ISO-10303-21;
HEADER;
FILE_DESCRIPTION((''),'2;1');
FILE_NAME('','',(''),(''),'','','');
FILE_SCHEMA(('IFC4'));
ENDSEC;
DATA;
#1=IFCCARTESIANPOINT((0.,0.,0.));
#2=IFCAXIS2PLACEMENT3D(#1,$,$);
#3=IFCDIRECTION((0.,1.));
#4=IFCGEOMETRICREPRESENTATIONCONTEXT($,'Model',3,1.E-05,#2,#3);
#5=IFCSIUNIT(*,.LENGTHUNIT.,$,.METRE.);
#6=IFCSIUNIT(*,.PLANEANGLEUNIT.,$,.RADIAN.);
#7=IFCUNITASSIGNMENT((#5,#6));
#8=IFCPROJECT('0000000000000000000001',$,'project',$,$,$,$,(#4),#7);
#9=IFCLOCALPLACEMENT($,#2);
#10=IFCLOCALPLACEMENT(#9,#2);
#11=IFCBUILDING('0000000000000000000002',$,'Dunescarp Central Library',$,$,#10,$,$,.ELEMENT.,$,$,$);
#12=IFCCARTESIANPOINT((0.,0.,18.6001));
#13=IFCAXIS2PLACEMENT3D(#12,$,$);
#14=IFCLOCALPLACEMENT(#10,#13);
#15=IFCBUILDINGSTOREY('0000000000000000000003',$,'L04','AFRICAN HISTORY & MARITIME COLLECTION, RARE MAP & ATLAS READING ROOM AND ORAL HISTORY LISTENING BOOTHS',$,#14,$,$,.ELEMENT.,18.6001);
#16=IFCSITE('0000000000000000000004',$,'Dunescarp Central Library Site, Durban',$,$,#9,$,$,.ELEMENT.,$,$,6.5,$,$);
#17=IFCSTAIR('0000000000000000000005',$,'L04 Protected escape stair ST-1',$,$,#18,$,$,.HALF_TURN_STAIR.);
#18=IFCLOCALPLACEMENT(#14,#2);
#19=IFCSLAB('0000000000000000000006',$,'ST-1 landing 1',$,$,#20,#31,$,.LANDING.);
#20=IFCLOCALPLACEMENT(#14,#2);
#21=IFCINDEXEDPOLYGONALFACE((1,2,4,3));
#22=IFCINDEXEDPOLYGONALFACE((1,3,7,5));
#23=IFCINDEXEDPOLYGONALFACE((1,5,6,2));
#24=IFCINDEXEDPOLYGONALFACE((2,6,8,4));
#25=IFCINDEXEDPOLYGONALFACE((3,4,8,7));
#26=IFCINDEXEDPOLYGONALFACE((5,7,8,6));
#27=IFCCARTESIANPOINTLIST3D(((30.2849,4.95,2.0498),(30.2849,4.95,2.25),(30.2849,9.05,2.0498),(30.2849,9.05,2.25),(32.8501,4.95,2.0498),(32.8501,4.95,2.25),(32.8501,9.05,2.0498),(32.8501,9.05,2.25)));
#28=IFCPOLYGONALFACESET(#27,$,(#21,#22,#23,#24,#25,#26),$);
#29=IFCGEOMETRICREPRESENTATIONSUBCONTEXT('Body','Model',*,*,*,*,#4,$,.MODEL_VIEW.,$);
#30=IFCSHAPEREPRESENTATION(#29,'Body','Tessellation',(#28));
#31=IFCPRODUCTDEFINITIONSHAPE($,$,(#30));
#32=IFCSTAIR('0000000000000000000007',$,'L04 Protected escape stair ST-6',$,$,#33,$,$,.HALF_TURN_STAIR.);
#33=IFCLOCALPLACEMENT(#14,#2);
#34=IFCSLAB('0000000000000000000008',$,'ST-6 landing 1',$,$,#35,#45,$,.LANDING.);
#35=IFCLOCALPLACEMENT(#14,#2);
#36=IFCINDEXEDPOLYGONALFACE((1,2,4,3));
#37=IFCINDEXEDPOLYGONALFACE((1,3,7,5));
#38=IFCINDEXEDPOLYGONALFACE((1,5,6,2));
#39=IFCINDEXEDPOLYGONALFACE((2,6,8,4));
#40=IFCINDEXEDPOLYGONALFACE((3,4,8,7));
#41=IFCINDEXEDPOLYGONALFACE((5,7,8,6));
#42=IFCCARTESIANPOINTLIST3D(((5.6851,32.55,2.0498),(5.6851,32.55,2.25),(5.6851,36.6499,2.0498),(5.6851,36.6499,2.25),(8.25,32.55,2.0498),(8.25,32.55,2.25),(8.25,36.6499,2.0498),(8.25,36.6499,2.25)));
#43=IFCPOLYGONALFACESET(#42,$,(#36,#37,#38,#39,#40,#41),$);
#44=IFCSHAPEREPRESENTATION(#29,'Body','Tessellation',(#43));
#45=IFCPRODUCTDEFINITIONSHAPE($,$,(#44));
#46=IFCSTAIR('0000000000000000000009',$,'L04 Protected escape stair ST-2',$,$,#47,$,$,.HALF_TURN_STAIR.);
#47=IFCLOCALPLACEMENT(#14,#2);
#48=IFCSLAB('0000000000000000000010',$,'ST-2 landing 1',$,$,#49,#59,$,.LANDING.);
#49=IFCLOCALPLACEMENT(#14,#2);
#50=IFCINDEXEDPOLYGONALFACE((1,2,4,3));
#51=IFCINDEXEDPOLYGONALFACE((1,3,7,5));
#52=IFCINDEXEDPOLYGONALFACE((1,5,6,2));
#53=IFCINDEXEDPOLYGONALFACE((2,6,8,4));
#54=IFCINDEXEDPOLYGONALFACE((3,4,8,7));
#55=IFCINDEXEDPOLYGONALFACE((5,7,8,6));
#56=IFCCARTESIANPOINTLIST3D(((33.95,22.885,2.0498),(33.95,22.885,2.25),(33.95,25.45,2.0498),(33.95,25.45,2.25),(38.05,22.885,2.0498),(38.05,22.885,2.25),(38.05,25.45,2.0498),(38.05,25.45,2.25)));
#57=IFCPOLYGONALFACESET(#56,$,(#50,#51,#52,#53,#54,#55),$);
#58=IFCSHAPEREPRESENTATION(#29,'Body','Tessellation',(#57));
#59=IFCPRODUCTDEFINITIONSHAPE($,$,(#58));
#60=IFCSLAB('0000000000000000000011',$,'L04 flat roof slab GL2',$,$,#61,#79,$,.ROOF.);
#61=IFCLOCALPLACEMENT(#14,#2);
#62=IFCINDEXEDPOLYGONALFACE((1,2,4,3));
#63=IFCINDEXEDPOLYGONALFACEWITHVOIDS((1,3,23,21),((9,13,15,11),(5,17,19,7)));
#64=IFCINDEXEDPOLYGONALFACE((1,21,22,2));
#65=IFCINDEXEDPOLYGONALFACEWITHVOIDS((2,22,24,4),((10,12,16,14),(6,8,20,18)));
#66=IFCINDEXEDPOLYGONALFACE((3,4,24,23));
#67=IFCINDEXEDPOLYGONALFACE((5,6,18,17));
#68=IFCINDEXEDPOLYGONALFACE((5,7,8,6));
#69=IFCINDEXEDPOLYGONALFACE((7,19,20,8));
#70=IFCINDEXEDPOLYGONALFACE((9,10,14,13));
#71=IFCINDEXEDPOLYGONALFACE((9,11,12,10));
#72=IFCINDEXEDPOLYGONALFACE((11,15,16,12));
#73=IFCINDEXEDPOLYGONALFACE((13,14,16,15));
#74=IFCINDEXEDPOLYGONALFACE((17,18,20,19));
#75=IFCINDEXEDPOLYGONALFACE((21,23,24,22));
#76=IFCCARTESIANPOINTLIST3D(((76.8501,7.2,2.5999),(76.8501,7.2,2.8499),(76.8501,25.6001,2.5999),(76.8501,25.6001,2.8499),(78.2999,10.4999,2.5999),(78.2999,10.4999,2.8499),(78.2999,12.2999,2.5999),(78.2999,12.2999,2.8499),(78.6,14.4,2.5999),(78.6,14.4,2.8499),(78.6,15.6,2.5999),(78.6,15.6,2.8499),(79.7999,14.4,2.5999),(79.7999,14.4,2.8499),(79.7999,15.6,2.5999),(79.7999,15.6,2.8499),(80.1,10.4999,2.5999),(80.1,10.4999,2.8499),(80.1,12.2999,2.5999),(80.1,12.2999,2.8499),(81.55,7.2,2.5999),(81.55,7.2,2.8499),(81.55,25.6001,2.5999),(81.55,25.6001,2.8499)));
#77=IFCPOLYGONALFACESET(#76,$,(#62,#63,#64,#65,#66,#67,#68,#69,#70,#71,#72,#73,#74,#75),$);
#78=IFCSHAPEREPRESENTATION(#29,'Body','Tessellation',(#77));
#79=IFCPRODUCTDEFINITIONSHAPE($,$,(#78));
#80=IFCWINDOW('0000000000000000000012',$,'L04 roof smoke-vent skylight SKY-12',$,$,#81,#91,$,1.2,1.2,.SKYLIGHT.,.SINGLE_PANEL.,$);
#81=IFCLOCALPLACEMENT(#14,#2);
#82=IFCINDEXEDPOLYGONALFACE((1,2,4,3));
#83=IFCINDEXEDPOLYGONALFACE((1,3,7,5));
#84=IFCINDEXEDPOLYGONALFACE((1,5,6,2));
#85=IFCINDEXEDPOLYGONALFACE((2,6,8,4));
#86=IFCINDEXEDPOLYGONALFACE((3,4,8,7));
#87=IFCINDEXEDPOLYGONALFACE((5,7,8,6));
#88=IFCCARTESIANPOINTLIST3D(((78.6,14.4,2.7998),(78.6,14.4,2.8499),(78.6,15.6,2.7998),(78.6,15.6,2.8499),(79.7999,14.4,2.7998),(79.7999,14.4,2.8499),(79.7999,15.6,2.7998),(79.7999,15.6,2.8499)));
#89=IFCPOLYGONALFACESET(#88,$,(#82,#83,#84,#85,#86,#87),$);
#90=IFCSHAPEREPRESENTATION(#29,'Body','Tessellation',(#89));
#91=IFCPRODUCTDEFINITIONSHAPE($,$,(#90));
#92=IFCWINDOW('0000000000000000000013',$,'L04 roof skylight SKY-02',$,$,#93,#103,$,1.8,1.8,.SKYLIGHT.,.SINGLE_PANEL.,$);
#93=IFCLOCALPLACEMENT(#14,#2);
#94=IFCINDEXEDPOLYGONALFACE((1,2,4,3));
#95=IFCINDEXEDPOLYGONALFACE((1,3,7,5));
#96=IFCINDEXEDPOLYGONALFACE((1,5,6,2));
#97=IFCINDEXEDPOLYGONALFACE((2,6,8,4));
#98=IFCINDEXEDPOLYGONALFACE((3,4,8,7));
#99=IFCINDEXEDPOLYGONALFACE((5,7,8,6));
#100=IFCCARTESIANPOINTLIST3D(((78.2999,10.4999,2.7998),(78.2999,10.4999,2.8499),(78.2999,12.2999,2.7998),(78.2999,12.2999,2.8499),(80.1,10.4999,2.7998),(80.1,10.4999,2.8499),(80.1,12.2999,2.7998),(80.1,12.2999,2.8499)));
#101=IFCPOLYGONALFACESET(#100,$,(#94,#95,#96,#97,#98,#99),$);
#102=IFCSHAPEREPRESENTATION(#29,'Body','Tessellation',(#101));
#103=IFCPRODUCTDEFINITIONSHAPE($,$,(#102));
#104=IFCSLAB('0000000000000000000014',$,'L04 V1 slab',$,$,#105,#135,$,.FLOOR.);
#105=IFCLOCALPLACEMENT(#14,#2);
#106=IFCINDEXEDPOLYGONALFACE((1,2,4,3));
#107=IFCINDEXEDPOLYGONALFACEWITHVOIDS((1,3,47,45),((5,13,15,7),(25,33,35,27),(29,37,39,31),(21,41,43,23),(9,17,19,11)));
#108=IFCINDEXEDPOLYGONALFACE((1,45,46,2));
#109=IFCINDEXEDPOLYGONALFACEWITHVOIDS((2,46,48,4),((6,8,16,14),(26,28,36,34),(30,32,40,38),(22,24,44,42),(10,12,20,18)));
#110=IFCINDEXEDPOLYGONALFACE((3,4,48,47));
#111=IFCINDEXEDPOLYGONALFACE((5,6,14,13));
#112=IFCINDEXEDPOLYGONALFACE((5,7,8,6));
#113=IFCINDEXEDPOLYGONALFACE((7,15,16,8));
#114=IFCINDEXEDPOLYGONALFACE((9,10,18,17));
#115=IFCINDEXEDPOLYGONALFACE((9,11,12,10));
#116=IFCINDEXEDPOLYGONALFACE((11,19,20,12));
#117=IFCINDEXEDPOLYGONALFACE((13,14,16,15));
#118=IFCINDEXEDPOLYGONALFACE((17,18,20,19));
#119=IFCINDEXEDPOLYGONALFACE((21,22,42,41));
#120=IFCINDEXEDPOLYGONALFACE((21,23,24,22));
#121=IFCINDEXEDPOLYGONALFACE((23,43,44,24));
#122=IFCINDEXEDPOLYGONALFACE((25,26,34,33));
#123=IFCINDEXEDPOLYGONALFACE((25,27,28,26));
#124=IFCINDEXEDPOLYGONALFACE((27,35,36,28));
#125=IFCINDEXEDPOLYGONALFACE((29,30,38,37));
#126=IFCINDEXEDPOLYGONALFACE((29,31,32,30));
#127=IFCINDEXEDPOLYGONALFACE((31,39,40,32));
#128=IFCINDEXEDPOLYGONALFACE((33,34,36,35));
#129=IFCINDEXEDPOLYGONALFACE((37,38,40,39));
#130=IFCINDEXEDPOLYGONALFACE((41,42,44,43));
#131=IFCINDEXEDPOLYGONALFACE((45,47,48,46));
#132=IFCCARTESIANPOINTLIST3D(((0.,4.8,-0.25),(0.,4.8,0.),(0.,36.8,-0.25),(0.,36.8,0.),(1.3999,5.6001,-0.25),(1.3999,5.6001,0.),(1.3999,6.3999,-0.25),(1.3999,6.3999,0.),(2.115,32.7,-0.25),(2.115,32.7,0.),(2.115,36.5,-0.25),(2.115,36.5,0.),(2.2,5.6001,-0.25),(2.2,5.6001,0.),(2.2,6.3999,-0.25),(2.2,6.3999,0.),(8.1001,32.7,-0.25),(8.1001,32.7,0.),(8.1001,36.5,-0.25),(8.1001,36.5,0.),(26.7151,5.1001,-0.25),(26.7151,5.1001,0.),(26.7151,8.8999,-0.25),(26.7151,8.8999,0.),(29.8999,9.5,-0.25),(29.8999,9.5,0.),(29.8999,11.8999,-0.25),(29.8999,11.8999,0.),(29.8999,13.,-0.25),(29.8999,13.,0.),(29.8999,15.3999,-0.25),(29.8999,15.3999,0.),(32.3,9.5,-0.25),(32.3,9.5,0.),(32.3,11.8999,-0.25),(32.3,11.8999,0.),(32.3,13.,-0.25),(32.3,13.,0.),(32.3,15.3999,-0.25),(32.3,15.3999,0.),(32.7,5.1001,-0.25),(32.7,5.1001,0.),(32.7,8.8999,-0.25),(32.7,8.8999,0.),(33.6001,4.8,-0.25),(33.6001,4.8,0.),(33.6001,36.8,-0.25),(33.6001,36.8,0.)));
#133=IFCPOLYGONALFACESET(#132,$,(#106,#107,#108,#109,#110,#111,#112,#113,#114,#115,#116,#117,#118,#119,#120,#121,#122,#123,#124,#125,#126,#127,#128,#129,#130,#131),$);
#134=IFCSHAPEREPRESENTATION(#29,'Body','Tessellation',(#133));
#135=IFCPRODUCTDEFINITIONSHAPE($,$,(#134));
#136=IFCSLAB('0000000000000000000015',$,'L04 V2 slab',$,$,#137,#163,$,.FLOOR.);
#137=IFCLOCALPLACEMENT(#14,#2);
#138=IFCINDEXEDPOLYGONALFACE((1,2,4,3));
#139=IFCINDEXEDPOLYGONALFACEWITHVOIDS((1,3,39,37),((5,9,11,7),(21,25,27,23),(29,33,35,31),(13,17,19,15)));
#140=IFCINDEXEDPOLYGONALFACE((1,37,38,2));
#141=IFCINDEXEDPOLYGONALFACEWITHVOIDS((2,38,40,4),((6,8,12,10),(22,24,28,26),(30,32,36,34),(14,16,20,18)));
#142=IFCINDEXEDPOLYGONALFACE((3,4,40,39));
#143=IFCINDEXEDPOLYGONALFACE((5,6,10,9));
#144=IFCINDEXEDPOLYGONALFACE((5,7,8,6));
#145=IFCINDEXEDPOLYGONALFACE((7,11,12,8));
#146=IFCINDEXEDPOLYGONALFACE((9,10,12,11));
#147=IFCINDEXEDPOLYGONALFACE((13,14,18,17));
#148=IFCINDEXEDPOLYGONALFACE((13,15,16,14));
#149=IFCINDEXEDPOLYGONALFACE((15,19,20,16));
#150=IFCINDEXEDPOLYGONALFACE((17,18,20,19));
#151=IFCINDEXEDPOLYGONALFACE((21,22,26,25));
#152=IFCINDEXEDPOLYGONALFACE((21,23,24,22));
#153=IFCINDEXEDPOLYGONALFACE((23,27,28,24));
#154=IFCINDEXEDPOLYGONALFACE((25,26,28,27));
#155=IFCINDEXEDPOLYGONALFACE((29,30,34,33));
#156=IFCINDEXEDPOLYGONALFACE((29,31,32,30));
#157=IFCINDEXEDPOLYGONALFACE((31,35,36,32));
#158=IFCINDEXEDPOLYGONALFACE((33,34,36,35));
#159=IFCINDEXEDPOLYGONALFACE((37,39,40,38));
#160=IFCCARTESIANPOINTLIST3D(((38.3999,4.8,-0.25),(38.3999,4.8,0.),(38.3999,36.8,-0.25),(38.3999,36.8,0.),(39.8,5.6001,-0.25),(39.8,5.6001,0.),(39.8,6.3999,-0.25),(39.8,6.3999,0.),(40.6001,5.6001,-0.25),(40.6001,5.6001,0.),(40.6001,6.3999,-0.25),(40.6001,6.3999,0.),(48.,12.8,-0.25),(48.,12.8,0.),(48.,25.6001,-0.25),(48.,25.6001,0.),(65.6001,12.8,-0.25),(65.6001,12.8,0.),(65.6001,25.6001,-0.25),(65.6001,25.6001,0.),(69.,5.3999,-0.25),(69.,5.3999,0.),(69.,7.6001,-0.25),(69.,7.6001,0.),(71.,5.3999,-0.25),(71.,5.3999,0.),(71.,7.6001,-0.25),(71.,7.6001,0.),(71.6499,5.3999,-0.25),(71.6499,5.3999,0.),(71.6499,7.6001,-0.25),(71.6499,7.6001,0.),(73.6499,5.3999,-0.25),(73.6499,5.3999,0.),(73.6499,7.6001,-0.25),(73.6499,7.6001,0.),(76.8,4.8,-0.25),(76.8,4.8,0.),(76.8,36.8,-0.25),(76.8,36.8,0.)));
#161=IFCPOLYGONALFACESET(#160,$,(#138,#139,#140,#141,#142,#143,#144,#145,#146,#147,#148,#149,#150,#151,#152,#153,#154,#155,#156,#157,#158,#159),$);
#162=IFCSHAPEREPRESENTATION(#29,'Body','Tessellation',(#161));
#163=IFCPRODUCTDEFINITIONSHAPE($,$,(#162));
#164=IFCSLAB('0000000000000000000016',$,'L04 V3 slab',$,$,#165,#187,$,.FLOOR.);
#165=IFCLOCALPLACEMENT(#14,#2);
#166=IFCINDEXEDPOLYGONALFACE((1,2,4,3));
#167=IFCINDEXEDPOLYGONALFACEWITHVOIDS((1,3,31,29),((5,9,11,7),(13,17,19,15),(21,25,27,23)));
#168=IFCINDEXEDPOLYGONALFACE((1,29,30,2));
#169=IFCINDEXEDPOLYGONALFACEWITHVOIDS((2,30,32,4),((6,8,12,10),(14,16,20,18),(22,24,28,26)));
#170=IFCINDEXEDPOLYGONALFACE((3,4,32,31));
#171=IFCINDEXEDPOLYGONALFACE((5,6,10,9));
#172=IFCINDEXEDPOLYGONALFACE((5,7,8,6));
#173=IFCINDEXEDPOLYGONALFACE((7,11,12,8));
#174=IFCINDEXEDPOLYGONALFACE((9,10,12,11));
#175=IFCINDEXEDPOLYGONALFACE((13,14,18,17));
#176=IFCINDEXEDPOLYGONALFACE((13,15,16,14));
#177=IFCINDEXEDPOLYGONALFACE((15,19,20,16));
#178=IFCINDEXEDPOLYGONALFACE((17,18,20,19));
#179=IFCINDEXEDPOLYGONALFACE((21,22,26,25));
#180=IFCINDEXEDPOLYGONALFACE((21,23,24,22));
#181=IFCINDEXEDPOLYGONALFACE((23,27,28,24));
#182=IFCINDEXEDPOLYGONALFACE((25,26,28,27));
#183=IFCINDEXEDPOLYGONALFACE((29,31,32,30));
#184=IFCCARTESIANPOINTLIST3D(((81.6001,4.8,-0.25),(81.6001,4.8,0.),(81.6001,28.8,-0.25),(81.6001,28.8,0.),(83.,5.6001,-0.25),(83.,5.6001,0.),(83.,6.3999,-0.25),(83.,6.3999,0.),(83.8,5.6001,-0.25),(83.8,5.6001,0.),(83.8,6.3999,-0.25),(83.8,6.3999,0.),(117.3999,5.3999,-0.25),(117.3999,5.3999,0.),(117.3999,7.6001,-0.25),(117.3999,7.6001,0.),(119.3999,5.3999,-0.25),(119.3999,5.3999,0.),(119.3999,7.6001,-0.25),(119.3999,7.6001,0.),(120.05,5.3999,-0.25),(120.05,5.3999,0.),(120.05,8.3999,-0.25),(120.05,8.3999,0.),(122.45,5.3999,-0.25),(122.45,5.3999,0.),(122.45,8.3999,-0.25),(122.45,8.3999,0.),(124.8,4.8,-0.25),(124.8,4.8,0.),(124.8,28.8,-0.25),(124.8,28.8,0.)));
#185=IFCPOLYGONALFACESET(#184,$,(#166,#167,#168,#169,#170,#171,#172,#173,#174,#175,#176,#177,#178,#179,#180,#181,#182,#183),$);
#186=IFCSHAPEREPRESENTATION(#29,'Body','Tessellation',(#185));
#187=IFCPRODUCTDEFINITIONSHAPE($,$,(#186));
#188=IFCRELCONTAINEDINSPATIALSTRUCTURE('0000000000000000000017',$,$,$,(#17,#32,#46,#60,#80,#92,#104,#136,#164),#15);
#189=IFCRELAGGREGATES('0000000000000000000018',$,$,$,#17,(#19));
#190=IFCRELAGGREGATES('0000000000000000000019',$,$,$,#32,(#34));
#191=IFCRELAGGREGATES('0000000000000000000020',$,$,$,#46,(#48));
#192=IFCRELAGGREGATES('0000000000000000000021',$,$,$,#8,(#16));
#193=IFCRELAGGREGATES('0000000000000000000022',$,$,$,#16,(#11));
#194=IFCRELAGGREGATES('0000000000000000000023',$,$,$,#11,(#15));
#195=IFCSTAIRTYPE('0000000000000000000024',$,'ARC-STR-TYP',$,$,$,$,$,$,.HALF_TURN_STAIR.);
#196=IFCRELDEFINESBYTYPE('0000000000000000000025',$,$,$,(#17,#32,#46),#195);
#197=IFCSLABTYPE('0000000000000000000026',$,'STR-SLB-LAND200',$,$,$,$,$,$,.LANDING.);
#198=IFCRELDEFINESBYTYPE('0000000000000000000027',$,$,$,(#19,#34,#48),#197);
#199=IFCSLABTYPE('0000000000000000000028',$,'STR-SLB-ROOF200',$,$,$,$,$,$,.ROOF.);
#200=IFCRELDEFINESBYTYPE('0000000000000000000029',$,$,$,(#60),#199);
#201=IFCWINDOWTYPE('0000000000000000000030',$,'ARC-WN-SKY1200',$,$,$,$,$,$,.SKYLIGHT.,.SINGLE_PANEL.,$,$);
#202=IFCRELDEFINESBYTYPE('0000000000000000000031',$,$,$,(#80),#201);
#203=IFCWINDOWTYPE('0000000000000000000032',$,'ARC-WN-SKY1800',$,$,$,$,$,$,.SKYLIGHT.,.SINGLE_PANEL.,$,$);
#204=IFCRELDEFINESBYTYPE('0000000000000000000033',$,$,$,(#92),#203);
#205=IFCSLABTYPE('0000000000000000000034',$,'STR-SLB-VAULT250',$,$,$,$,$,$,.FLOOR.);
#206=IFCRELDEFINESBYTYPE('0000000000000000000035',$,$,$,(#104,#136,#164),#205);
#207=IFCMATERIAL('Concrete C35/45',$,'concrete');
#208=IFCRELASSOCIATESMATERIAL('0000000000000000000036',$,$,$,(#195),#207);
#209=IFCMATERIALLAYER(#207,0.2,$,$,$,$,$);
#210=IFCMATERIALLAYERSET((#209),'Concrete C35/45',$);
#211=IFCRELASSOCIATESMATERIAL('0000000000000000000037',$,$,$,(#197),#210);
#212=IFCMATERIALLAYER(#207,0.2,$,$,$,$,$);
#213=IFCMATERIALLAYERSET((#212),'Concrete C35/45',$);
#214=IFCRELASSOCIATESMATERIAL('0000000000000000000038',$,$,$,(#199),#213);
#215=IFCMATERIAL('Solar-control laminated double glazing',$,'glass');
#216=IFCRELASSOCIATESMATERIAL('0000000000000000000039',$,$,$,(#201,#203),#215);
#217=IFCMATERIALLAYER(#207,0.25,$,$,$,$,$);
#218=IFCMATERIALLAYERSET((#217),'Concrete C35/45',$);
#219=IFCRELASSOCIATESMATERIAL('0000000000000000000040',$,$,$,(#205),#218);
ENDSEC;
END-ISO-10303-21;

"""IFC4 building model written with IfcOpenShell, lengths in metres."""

from ifc_helpers import new_model, si_unit, direction, frame, origin, origin_2d, place, context, subcontext, project, spatial, polyline, rectangle, outline, extrude, material, layer, layer_set, type_object, element, fill, aggregate, save


model = new_model("IFC4")

# Units and contexts
model_context = context("Model", 3, precision=1e-05, world=origin(), true_north=direction((0.0, 1.0)))
body_context = subcontext(model_context, "Body", "Model", "MODEL_VIEW")
ifc_project = project(units=[si_unit("LENGTHUNIT", "METRE"), si_unit("PLANEANGLEUNIT", "RADIAN")], contexts=[model_context])

# Site, building, storey
site_placement = place(None, origin())
site = spatial("IfcSite", under=ifc_project, at=site_placement, Name="Dunescarp Central Library Site, Durban", CompositionType="ELEMENT", RefElevation=6.5)
building_placement = place(site_placement, origin())
building = spatial("IfcBuilding", under=site, at=building_placement, Name="Dunescarp Central Library", CompositionType="ELEMENT")
storey_placement = place(building_placement, frame((0.0, 0.0, 18.6001)))
storey = spatial("IfcBuildingStorey", under=building, at=storey_placement, Name="L04", Description="AFRICAN HISTORY & MARITIME COLLECTION, RARE MAP & ATLAS READING ROOM AND ORAL HISTORY LISTENING BOOTHS", CompositionType="ELEMENT", Elevation=18.6001)

# Stairs, slabs
ifc_material_1 = material(Name="Concrete C35/45", Category="concrete")
stair_type = type_object("IfcStairType", Name="ARC-STR-TYP", PredefinedType="HALF_TURN_STAIR", material=ifc_material_1)
stair_1_placement = place(storey_placement, origin())
stair_1 = element("IfcStair", 1, at=stair_1_placement, inside=storey, type_object=stair_type, Name="L04 Protected escape stair ST-1", PredefinedType="HALF_TURN_STAIR")
ifc_layer_1 = layer(ifc_material_1, 0.2)
ifc_layer_set_1 = layer_set([ifc_layer_1], Name="Concrete C35/45")
slab_type_1 = type_object("IfcSlabType", Name="STR-SLB-LAND200", PredefinedType="LANDING", material=ifc_layer_set_1)
slab_1_placement = place(storey_placement, frame((0.0, 0.0, 2.0498)))
slab_1 = element("IfcSlab", 2, at=slab_1_placement, type_object=slab_type_1, Name="ST-1 landing 1", PredefinedType="LANDING", context=body_context, shape_type="SweptSolid", body=[
    extrude(outline(polyline([(30.2849, 4.95), (32.8501, 4.95), (32.8501, 9.05), (30.2849, 9.05), (30.2849, 4.95)])), origin(), (0.0, 0.0, 1.0), 0.2002),
])
aggregate(stair_1, [slab_1])
stair_2_placement = place(storey_placement, origin())
stair_2 = element("IfcStair", 3, at=stair_2_placement, inside=storey, type_object=stair_type, Name="L04 Protected escape stair ST-6", PredefinedType="HALF_TURN_STAIR")
slab_2_placement = place(storey_placement, frame((0.0, 0.0, 2.0498)))
slab_2 = element("IfcSlab", 4, at=slab_2_placement, type_object=slab_type_1, Name="ST-6 landing 1", PredefinedType="LANDING", context=body_context, shape_type="SweptSolid", body=[
    extrude(outline(polyline([(5.6851, 32.55), (8.25, 32.55), (8.25, 36.6499), (5.6851, 36.6499), (5.6851, 32.55)])), origin(), (0.0, 0.0, 1.0), 0.2002),
])
aggregate(stair_2, [slab_2])
stair_3_placement = place(storey_placement, origin())
stair_3 = element("IfcStair", 5, at=stair_3_placement, inside=storey, type_object=stair_type, Name="L04 Protected escape stair ST-2", PredefinedType="HALF_TURN_STAIR")
slab_3_placement = place(storey_placement, frame((0.0, 0.0, 2.0498)))
slab_3 = element("IfcSlab", 6, at=slab_3_placement, type_object=slab_type_1, Name="ST-2 landing 1", PredefinedType="LANDING", context=body_context, shape_type="SweptSolid", body=[
    extrude(outline(polyline([(33.95, 22.885), (38.05, 22.885), (38.05, 25.45), (33.95, 25.45), (33.95, 22.885)])), origin(), (0.0, 0.0, 1.0), 0.2002),
])
aggregate(stair_3, [slab_3])

# Slab, openings, windows
ifc_layer_2 = layer(ifc_material_1, 0.2)
ifc_layer_set_2 = layer_set([ifc_layer_2], Name="Concrete C35/45")
slab_type_2 = type_object("IfcSlabType", Name="STR-SLB-ROOF200", PredefinedType="ROOF", material=ifc_layer_set_2)
slab_4_placement = place(storey_placement, frame((0.0, 0.0, 2.5999)))
slab_4 = element("IfcSlab", 7, at=slab_4_placement, inside=storey, type_object=slab_type_2, Name="L04 flat roof slab GL2", PredefinedType="ROOF", context=body_context, shape_type="SweptSolid", body=[
    extrude(outline(polyline([(76.8501, 7.2), (81.55, 7.2), (81.55, 25.6001), (76.8501, 25.6001), (76.8501, 7.2)])), origin(), (0.0, 0.0, 1.0), 0.25),
])
opening_1_placement = place(slab_4_placement, frame((79.2, 11.3999, -0.01)))
opening_1 = element("IfcOpeningElement", 8, at=opening_1_placement, cuts=slab_4, PredefinedType="OPENING", context=body_context, shape_type="SweptSolid", body=[
    extrude(rectangle(XDim=1.8, YDim=1.8, at=origin_2d()), origin(), (0.0, 0.0, 1.0), 0.27),
])
opening_2_placement = place(slab_4_placement, frame((79.2, 15.0, -0.01)))
opening_2 = element("IfcOpeningElement", 9, at=opening_2_placement, cuts=slab_4, PredefinedType="OPENING", context=body_context, shape_type="SweptSolid", body=[
    extrude(rectangle(XDim=1.2, YDim=1.2, at=origin_2d()), origin(), (0.0, 0.0, 1.0), 0.27),
])
ifc_material_2 = material(Name="Solar-control laminated double glazing", Category="glass")
window_type_1 = type_object("IfcWindowType", Name="ARC-WN-SKY1200", PartitioningType="SINGLE_PANEL", PredefinedType="SKYLIGHT", material=ifc_material_2)
window_1_placement = place(slab_4_placement, frame((79.2, 15.0, 0.2)))
window_1 = element("IfcWindow", 10, at=window_1_placement, inside=storey, type_object=window_type_1, Name="L04 roof smoke-vent skylight SKY-12", OverallHeight=1.2, OverallWidth=1.2, PartitioningType="SINGLE_PANEL", PredefinedType="SKYLIGHT", context=body_context, shape_type="SweptSolid", body=[
    extrude(rectangle(XDim=1.2, YDim=1.2, at=origin_2d()), origin(), (0.0, 0.0, 1.0), 0.05),
])
fill(opening_2, window_1)
window_type_2 = type_object("IfcWindowType", Name="ARC-WN-SKY1800", PartitioningType="SINGLE_PANEL", PredefinedType="SKYLIGHT", material=ifc_material_2)
window_2_placement = place(slab_4_placement, frame((79.2, 11.3999, 0.2)))
window_2 = element("IfcWindow", 11, at=window_2_placement, inside=storey, type_object=window_type_2, Name="L04 roof skylight SKY-02", OverallHeight=1.8, OverallWidth=1.8, PartitioningType="SINGLE_PANEL", PredefinedType="SKYLIGHT", context=body_context, shape_type="SweptSolid", body=[
    extrude(rectangle(XDim=1.8, YDim=1.8, at=origin_2d()), origin(), (0.0, 0.0, 1.0), 0.05),
])
fill(opening_1, window_2)

# Slabs
ifc_layer_3 = layer(ifc_material_1, 0.25)
ifc_layer_set_3 = layer_set([ifc_layer_3], Name="Concrete C35/45")
slab_type_3 = type_object("IfcSlabType", Name="STR-SLB-VAULT250", PredefinedType="FLOOR", material=ifc_layer_set_3)
slab_5_placement = place(storey_placement, frame((0.0, 0.0, -0.25)))
element("IfcSlab", 12, at=slab_5_placement, inside=storey, type_object=slab_type_3, Name="L04 V1 slab", PredefinedType="FLOOR", context=body_context, shape_type="SweptSolid", body=[
    extrude(outline(polyline([(0.0, 4.8), (33.6001, 4.8), (33.6001, 36.8), (0.0, 36.8), (0.0, 4.8)]), holes=[polyline([(26.7151, 5.1001), (32.7, 5.1001), (32.7, 8.8999), (26.7151, 8.8999), (26.7151, 5.1001)]), polyline([(2.115, 32.7), (8.1001, 32.7), (8.1001, 36.5), (2.115, 36.5), (2.115, 32.7)]), polyline([(29.8999, 9.5), (32.3, 9.5), (32.3, 11.8999), (29.8999, 11.8999), (29.8999, 9.5)]), polyline([(29.8999, 13.0), (32.3, 13.0), (32.3, 15.3999), (29.8999, 15.3999), (29.8999, 13.0)]), polyline([(1.3999, 5.6001), (2.2, 5.6001), (2.2, 6.3999), (1.3999, 6.3999), (1.3999, 5.6001)])]), origin(), (0.0, 0.0, 1.0), 0.25),
])
slab_6_placement = place(storey_placement, frame((0.0, 0.0, -0.25)))
element("IfcSlab", 13, at=slab_6_placement, inside=storey, type_object=slab_type_3, Name="L04 V2 slab", PredefinedType="FLOOR", context=body_context, shape_type="SweptSolid", body=[
    extrude(outline(polyline([(38.3999, 4.8), (76.8, 4.8), (76.8, 36.8), (38.3999, 36.8), (38.3999, 4.8)]), holes=[polyline([(69.0, 5.3999), (71.0, 5.3999), (71.0, 7.6001), (69.0, 7.6001), (69.0, 5.3999)]), polyline([(71.6499, 5.3999), (73.6499, 5.3999), (73.6499, 7.6001), (71.6499, 7.6001), (71.6499, 5.3999)]), polyline([(48.0, 12.8), (65.6001, 12.8), (65.6001, 25.6001), (48.0, 25.6001), (48.0, 12.8)]), polyline([(39.8, 5.6001), (40.6001, 5.6001), (40.6001, 6.3999), (39.8, 6.3999), (39.8, 5.6001)])]), origin(), (0.0, 0.0, 1.0), 0.25),
])
slab_7_placement = place(storey_placement, frame((0.0, 0.0, -0.25)))
element("IfcSlab", 14, at=slab_7_placement, inside=storey, type_object=slab_type_3, Name="L04 V3 slab", PredefinedType="FLOOR", context=body_context, shape_type="SweptSolid", body=[
    extrude(outline(polyline([(81.6001, 4.8), (124.8, 4.8), (124.8, 28.8), (81.6001, 28.8), (81.6001, 4.8)]), holes=[polyline([(117.3999, 5.3999), (119.3999, 5.3999), (119.3999, 7.6001), (117.3999, 7.6001), (117.3999, 5.3999)]), polyline([(120.05, 5.3999), (122.45, 5.3999), (122.45, 8.3999), (120.05, 8.3999), (120.05, 5.3999)]), polyline([(83.0, 5.6001), (83.8, 5.6001), (83.8, 6.3999), (83.0, 6.3999), (83.0, 5.6001)])]), origin(), (0.0, 0.0, 1.0), 0.25),
])

save(model, "model.ifc")
